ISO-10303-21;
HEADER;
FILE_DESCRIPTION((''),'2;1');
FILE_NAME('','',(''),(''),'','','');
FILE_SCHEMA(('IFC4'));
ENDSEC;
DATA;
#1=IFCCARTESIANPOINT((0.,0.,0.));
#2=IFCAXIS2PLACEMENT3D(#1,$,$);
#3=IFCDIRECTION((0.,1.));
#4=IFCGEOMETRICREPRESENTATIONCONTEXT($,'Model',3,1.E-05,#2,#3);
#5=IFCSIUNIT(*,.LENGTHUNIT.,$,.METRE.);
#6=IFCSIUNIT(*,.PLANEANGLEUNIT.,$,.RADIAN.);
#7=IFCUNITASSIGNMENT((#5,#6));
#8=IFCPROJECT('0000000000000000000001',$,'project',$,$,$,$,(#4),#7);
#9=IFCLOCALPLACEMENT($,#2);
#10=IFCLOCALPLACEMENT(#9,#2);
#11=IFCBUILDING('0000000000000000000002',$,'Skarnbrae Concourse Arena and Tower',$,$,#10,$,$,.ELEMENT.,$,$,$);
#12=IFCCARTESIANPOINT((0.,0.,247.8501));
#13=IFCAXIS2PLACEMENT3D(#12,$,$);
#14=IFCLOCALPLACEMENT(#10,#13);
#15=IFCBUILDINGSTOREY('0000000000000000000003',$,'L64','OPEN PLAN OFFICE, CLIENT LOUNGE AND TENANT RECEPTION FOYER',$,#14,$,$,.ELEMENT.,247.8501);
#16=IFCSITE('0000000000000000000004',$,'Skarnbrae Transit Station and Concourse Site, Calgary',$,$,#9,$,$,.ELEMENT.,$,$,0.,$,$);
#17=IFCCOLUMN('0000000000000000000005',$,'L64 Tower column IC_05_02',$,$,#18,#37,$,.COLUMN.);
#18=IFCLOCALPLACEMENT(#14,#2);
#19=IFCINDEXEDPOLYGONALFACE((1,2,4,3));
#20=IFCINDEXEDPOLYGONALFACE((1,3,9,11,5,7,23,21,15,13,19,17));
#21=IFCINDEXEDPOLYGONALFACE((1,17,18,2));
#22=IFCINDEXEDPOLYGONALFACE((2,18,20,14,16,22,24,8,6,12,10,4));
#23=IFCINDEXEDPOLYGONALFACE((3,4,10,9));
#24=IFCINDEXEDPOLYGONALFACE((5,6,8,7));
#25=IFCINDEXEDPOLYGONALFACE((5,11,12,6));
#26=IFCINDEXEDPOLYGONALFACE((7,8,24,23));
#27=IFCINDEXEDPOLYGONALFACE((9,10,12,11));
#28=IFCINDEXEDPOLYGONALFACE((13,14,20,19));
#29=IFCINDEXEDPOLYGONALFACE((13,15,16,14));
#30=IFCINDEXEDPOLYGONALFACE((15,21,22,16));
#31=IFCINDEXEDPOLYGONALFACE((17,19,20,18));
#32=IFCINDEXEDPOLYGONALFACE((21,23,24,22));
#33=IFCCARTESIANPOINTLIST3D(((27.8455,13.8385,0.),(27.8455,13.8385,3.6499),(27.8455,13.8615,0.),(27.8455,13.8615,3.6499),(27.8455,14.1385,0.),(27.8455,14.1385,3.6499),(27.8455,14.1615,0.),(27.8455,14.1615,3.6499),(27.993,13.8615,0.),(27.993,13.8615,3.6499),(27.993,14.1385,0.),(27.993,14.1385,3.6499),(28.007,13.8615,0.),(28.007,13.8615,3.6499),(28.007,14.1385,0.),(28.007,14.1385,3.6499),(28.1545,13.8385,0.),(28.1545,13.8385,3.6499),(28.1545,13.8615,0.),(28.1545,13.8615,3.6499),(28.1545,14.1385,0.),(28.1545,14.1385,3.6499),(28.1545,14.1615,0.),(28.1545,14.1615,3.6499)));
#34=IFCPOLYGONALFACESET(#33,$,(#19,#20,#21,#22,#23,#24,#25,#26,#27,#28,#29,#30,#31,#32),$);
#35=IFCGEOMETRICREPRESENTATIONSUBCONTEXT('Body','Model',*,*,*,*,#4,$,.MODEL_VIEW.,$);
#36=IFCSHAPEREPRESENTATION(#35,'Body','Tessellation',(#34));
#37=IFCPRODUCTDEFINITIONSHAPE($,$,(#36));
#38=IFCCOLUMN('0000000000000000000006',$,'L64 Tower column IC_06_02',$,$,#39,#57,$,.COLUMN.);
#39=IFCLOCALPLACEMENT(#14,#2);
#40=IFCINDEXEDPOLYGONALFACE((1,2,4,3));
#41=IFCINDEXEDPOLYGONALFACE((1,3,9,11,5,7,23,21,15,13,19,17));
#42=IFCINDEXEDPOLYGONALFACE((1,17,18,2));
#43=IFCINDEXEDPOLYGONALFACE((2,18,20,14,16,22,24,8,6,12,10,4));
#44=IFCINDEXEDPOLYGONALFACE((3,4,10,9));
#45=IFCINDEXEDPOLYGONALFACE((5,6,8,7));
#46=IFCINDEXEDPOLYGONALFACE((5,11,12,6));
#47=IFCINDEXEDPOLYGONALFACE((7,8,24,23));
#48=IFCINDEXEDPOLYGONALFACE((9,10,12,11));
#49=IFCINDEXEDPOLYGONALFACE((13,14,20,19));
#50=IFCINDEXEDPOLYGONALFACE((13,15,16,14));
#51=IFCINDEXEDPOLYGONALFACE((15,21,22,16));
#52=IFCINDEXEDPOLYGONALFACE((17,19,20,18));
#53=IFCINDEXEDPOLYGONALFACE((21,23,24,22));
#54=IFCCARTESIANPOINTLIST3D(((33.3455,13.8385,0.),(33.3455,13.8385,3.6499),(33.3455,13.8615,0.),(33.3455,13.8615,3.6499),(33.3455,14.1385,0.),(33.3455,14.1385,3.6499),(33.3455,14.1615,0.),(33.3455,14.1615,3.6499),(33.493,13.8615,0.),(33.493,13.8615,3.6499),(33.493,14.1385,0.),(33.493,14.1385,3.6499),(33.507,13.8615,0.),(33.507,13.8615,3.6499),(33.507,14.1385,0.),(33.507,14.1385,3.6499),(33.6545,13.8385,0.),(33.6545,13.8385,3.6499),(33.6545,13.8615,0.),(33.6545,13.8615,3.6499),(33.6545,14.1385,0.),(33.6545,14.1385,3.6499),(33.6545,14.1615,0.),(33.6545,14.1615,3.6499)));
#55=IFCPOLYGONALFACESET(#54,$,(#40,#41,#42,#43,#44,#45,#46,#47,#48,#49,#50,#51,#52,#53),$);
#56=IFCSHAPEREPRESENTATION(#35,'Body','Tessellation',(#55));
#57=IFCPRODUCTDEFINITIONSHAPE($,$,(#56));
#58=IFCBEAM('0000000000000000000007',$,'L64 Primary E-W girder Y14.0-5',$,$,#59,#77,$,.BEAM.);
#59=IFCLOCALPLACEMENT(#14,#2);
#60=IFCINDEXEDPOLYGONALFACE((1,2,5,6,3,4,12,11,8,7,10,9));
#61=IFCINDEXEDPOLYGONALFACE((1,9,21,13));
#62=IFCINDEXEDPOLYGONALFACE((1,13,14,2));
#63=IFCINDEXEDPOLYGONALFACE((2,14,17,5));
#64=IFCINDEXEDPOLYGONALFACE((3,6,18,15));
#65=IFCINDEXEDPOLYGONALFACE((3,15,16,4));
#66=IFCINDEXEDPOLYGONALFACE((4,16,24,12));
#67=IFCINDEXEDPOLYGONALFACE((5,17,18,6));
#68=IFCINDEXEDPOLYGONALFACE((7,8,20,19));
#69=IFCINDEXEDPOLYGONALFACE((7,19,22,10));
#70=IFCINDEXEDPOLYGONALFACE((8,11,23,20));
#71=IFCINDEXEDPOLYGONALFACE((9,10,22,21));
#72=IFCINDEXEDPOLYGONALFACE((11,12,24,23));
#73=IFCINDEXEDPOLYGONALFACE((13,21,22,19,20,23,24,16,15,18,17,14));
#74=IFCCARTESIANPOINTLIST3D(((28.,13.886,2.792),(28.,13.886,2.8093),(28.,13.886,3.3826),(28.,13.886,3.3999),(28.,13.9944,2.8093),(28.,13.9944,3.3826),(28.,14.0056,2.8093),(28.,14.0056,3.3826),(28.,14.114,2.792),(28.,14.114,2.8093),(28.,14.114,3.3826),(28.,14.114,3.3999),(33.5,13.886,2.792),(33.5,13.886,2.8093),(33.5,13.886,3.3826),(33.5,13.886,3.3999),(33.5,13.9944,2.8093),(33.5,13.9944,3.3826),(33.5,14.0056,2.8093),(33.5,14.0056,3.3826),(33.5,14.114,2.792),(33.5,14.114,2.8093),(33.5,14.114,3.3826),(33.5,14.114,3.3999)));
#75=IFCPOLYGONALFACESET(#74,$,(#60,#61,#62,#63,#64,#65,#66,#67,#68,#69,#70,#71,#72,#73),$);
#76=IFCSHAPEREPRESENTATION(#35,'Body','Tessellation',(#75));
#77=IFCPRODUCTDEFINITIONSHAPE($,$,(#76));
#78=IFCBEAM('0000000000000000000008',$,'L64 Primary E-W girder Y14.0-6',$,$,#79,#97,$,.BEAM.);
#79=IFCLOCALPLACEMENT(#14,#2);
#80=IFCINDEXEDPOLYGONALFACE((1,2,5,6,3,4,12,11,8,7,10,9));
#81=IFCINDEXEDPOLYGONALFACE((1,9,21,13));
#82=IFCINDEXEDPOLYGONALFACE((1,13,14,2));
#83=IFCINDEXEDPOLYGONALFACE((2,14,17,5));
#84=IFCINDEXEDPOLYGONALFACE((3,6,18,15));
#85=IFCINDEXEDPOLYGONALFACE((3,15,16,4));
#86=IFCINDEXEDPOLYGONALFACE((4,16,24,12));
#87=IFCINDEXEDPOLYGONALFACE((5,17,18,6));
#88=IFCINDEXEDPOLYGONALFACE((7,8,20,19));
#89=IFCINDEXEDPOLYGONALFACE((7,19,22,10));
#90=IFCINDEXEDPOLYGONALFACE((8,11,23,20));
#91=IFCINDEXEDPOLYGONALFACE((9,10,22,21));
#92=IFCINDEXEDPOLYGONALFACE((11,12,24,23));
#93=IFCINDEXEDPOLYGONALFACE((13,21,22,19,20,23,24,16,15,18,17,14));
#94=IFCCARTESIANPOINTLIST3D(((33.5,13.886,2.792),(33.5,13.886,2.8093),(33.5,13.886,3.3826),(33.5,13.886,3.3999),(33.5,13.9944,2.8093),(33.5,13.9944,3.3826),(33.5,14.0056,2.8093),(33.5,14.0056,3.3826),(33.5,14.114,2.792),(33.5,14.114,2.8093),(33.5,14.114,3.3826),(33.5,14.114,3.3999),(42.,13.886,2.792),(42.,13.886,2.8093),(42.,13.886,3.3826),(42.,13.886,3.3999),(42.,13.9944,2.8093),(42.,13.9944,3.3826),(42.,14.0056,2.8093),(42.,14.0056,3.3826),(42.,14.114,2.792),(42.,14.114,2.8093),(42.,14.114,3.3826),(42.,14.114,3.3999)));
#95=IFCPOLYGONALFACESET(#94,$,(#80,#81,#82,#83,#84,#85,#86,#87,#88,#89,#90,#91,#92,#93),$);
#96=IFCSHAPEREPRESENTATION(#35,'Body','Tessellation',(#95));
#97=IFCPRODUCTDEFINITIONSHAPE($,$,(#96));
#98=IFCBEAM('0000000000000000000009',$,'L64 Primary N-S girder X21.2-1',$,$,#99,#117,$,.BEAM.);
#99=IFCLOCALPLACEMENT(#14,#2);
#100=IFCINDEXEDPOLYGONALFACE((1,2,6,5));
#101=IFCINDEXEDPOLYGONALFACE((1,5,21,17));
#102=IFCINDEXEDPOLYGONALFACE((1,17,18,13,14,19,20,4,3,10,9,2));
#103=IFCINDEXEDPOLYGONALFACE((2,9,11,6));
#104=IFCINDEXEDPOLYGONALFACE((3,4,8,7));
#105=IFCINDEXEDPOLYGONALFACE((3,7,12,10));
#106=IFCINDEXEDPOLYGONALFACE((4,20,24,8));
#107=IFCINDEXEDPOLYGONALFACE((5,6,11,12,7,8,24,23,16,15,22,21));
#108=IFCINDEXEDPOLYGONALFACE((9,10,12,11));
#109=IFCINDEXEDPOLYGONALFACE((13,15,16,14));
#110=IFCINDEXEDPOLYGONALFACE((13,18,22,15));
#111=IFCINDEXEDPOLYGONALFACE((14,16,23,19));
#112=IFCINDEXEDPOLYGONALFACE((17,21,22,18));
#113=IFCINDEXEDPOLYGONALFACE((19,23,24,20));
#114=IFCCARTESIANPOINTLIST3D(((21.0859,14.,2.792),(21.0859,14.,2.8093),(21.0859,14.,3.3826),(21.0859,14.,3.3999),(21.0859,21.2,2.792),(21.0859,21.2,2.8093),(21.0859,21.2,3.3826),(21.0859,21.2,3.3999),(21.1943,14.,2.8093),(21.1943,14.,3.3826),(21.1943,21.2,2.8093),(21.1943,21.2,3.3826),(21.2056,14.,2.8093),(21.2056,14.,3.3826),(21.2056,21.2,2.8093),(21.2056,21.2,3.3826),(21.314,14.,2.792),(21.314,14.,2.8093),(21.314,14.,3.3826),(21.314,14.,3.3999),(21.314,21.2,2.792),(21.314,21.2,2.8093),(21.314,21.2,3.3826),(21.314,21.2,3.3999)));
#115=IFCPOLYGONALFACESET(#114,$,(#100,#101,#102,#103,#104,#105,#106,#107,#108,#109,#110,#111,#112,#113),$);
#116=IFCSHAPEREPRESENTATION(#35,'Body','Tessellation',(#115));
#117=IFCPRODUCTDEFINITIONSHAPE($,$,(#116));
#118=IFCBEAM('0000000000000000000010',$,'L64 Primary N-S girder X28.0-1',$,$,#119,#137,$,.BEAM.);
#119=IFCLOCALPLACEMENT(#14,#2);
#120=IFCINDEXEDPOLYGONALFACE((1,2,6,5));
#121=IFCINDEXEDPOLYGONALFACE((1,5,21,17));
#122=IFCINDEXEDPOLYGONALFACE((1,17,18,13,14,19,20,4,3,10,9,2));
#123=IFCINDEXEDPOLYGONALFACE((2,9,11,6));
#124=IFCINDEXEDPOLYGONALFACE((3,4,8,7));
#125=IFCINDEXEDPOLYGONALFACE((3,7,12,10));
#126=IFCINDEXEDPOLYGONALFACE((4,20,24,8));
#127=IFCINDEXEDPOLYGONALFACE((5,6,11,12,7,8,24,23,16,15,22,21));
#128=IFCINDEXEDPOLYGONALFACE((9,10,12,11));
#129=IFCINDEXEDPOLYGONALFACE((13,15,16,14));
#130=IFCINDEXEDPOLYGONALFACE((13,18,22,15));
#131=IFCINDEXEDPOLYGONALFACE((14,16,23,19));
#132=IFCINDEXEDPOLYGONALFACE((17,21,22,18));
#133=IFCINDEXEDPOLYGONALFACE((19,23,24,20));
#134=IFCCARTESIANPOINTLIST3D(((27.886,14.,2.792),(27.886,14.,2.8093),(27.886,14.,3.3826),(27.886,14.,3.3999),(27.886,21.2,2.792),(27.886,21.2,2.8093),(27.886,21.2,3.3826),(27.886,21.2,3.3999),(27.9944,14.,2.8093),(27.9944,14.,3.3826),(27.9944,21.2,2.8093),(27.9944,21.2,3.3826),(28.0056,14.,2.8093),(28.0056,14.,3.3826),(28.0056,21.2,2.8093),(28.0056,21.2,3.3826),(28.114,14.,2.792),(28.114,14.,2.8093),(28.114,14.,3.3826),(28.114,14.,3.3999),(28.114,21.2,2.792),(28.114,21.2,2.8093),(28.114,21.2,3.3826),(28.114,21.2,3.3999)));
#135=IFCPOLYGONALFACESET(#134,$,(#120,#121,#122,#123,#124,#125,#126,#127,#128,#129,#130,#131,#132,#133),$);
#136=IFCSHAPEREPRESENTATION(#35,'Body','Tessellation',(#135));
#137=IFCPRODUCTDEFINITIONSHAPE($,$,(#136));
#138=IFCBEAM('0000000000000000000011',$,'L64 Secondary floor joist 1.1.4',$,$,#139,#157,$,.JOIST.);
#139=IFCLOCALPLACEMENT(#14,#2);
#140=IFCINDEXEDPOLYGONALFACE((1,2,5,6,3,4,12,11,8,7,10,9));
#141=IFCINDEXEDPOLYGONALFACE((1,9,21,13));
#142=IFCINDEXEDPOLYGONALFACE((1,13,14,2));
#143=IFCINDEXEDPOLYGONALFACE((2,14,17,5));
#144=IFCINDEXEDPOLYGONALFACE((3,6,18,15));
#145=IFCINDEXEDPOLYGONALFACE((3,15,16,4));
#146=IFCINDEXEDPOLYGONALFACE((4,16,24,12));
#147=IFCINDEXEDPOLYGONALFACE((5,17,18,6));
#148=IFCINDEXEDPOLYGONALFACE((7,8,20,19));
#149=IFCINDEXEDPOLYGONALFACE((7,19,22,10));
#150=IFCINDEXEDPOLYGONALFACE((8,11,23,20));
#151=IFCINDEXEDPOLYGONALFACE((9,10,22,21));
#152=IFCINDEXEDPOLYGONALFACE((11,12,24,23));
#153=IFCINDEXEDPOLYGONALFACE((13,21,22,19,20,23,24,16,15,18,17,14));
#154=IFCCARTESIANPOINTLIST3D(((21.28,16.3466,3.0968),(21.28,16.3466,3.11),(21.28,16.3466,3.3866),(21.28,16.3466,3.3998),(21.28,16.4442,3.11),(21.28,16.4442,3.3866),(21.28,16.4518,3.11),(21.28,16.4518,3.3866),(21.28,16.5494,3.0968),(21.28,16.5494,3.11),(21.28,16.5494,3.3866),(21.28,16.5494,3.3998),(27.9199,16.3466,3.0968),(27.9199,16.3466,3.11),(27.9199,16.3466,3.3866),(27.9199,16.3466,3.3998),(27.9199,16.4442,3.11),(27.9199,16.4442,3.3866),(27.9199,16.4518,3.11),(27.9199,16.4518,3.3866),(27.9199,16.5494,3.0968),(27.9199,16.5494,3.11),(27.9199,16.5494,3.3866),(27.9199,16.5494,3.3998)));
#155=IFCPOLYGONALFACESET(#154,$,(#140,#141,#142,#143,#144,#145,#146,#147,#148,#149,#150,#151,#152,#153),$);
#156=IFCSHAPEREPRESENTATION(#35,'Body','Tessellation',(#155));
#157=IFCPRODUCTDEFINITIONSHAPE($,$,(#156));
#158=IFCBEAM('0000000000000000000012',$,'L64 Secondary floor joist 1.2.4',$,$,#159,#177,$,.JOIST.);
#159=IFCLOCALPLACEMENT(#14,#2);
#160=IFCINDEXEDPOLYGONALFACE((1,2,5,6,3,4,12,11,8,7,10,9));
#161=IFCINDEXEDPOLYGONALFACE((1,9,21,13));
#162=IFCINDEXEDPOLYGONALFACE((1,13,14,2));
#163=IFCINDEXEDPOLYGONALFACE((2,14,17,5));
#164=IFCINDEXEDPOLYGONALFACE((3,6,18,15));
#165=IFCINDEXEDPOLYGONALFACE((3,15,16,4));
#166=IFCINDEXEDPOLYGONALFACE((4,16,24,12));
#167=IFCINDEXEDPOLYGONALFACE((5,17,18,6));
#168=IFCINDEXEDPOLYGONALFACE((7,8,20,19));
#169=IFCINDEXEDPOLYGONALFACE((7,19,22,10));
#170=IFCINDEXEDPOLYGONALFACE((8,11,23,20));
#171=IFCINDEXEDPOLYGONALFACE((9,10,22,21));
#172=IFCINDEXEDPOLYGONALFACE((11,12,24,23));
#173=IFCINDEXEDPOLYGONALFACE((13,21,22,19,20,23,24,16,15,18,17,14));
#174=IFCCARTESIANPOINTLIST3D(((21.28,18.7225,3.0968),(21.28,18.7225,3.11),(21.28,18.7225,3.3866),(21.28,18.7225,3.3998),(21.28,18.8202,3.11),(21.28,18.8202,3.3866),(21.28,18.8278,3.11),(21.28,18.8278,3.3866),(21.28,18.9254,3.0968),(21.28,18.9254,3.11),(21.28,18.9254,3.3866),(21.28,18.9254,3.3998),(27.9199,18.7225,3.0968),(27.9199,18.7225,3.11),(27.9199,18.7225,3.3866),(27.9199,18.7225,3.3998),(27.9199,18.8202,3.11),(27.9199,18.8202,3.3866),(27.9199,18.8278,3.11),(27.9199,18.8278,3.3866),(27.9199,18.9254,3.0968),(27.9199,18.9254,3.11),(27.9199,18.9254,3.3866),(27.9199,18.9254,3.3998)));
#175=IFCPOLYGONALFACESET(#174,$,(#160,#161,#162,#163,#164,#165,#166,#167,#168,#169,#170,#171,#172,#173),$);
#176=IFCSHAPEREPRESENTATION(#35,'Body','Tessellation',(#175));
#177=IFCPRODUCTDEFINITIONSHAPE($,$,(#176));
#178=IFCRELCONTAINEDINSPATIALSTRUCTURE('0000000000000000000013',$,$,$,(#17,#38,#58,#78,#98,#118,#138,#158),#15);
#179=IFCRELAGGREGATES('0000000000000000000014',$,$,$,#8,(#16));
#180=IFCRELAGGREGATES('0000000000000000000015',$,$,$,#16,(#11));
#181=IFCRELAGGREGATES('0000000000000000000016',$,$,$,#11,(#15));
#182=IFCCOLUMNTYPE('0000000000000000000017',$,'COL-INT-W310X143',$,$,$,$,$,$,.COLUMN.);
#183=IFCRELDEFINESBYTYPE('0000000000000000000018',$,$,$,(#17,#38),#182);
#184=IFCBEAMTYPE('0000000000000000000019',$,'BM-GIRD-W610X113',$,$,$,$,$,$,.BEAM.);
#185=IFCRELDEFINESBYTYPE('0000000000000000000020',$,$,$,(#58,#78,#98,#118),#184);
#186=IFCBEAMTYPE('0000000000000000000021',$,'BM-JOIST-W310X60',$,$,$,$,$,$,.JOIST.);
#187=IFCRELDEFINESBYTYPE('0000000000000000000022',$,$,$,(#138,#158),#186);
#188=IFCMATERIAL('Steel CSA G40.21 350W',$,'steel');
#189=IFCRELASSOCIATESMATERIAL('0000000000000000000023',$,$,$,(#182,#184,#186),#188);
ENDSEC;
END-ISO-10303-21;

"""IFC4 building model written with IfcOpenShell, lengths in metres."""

from ifc_helpers import new_model, si_unit, direction, frame, origin, origin_2d, place, context, subcontext, project, spatial, i_section, extrude, source, transform, mapped, material, material_profile, profile_set, type_object, element, save


model = new_model("IFC4")

# Units and contexts
model_context = context("Model", 3, precision=1e-05, world=origin(), true_north=direction((0.0, 1.0)))
body_context = subcontext(model_context, "Body", "Model", "MODEL_VIEW")
ifc_project = project(units=[si_unit("LENGTHUNIT", "METRE"), si_unit("PLANEANGLEUNIT", "RADIAN")], contexts=[model_context])

# Site, building, storey
site_placement = place(None, origin())
site = spatial("IfcSite", under=ifc_project, at=site_placement, Name="Skarnbrae Transit Station and Concourse Site, Calgary", CompositionType="ELEMENT", RefElevation=0.0)
building_placement = place(site_placement, origin())
building = spatial("IfcBuilding", under=site, at=building_placement, Name="Skarnbrae Concourse Arena and Tower", CompositionType="ELEMENT")
storey_placement = place(building_placement, frame((0.0, 0.0, 247.8501)))
storey = spatial("IfcBuildingStorey", under=building, at=storey_placement, Name="L64", Description="OPEN PLAN OFFICE, CLIENT LOUNGE AND TENANT RECEPTION FOYER", CompositionType="ELEMENT", Elevation=247.8501)

# Columns
ifc_material_1 = material(Name="Steel CSA G40.21 350W", Category="steel")
ifc_material_profile_1 = material_profile(ifc_material_1, i_section(OverallWidth=0.3091, OverallDepth=0.323, WebThickness=0.0139, FlangeThickness=0.0229, at=origin_2d()), Name="W310X143")
ifc_profile_set_1 = profile_set([ifc_material_profile_1], Name="Steel CSA G40.21 350W")
column_type = type_object("IfcColumnType", Name="COL-INT-W310X143", PredefinedType="COLUMN", material=ifc_profile_set_1)
shared_shape_1 = source(origin(), body_context, "Body", "SweptSolid", [
    extrude(i_section(OverallWidth=0.3091, OverallDepth=0.323, WebThickness=0.0139, FlangeThickness=0.0229, at=origin_2d()), origin(), (0.0, 0.0, 1.0), 3.6499),
])
for number, where, z_axis, x_axis, name in (
    (1, (28.0, 14.0, 0.0), (0.0, 0.0, 1.0), (1.0, 0.0, 0.0), "L64 Tower column IC_05_02"),
    (2, (33.5, 14.0, 0.0), (0.0, 0.0, 1.0), (1.0, 0.0, 0.0), "L64 Tower column IC_06_02"),
):
    element("IfcColumn", number, at=place(storey_placement, frame(where, z_axis=z_axis, x_axis=x_axis)), inside=storey, type_object=column_type, Name=name, PredefinedType="COLUMN", context=body_context, shape_type="MappedRepresentation", body=[
        mapped(shared_shape_1, transform((0.0, 0.0, 0.0))),
    ])

# Beams
ifc_material_profile_2 = material_profile(ifc_material_1, i_section(OverallWidth=0.228, OverallDepth=0.6079, WebThickness=0.0112, FlangeThickness=0.0173, at=origin_2d()), Name="W610X113")
ifc_profile_set_2 = profile_set([ifc_material_profile_2], Name="Steel CSA G40.21 350W")
beam_type_1 = type_object("IfcBeamType", Name="BM-GIRD-W610X113", PredefinedType="BEAM", material=ifc_profile_set_2)
shared_shape_2 = source(origin(), body_context, "Body", "SweptSolid", [
    extrude(i_section(OverallWidth=0.228, OverallDepth=0.6079, WebThickness=0.0112, FlangeThickness=0.0173, at=origin_2d()), origin(), (0.0, 0.0, 1.0), 5.5),
])
beam_1_placement = place(storey_placement, frame((28.0, 14.0, 3.0959), z_axis=(1.0, 0.0, 0.0), x_axis=(0.0, 1.0, 0.0)))
element("IfcBeam", 3, at=beam_1_placement, inside=storey, type_object=beam_type_1, Name="L64 Primary E-W girder Y14.0-5", PredefinedType="BEAM", context=body_context, shape_type="MappedRepresentation", body=[
    mapped(shared_shape_2, transform((0.0, 0.0, 0.0))),
])
shared_shape_3 = source(origin(), body_context, "Body", "SweptSolid", [
    extrude(i_section(OverallWidth=0.228, OverallDepth=0.6079, WebThickness=0.0112, FlangeThickness=0.0173, at=origin_2d()), origin(), (0.0, 0.0, 1.0), 8.5),
])
beam_2_placement = place(storey_placement, frame((33.5, 14.0, 3.0959), z_axis=(1.0, 0.0, 0.0), x_axis=(0.0, 1.0, 0.0)))
element("IfcBeam", 4, at=beam_2_placement, inside=storey, type_object=beam_type_1, Name="L64 Primary E-W girder Y14.0-6", PredefinedType="BEAM", context=body_context, shape_type="MappedRepresentation", body=[
    mapped(shared_shape_3, transform((0.0, 0.0, 0.0))),
])
shared_shape_4 = source(origin(), body_context, "Body", "SweptSolid", [
    extrude(i_section(OverallWidth=0.228, OverallDepth=0.6079, WebThickness=0.0112, FlangeThickness=0.0173, at=origin_2d()), origin(), (0.0, 0.0, 1.0), 7.2),
])
for number, where, z_axis, x_axis, name in (
    (5, (21.2, 14.0, 3.0959), (0.0, 1.0, 0.0), (-1.0, 0.0, 0.0), "L64 Primary N-S girder X21.2-1"),
    (6, (28.0, 14.0, 3.0959), (0.0, 1.0, 0.0), (-1.0, 0.0, 0.0), "L64 Primary N-S girder X28.0-1"),
):
    element("IfcBeam", number, at=place(storey_placement, frame(where, z_axis=z_axis, x_axis=x_axis)), inside=storey, type_object=beam_type_1, Name=name, PredefinedType="BEAM", context=body_context, shape_type="MappedRepresentation", body=[
        mapped(shared_shape_4, transform((0.0, 0.0, 0.0))),
    ])
ifc_material_profile_3 = material_profile(ifc_material_1, i_section(OverallWidth=0.2029, OverallDepth=0.303, WebThickness=0.0076, FlangeThickness=0.0132, at=origin_2d()), Name="W310X60")
ifc_profile_set_3 = profile_set([ifc_material_profile_3], Name="Steel CSA G40.21 350W")
beam_type_2 = type_object("IfcBeamType", Name="BM-JOIST-W310X60", PredefinedType="JOIST", material=ifc_profile_set_3)
shared_shape_5 = source(origin(), body_context, "Body", "SweptSolid", [
    extrude(i_section(OverallWidth=0.2029, OverallDepth=0.303, WebThickness=0.0076, FlangeThickness=0.0132, at=origin_2d()), origin(), (0.0, 0.0, 1.0), 6.6399),
])
for number, where, z_axis, x_axis, name in (
    (7, (21.28, 16.448, 3.2483), (1.0, 0.0, 0.0), (0.0, 1.0, 0.0), "L64 Secondary floor joist 1.1.4"),
    (8, (21.28, 18.824, 3.2483), (1.0, 0.0, 0.0), (0.0, 1.0, 0.0), "L64 Secondary floor joist 1.2.4"),
):
    element("IfcBeam", number, at=place(storey_placement, frame(where, z_axis=z_axis, x_axis=x_axis)), inside=storey, type_object=beam_type_2, Name=name, PredefinedType="JOIST", context=body_context, shape_type="MappedRepresentation", body=[
        mapped(shared_shape_5, transform((0.0, 0.0, 0.0))),
    ])

save(model, "model.ifc")
